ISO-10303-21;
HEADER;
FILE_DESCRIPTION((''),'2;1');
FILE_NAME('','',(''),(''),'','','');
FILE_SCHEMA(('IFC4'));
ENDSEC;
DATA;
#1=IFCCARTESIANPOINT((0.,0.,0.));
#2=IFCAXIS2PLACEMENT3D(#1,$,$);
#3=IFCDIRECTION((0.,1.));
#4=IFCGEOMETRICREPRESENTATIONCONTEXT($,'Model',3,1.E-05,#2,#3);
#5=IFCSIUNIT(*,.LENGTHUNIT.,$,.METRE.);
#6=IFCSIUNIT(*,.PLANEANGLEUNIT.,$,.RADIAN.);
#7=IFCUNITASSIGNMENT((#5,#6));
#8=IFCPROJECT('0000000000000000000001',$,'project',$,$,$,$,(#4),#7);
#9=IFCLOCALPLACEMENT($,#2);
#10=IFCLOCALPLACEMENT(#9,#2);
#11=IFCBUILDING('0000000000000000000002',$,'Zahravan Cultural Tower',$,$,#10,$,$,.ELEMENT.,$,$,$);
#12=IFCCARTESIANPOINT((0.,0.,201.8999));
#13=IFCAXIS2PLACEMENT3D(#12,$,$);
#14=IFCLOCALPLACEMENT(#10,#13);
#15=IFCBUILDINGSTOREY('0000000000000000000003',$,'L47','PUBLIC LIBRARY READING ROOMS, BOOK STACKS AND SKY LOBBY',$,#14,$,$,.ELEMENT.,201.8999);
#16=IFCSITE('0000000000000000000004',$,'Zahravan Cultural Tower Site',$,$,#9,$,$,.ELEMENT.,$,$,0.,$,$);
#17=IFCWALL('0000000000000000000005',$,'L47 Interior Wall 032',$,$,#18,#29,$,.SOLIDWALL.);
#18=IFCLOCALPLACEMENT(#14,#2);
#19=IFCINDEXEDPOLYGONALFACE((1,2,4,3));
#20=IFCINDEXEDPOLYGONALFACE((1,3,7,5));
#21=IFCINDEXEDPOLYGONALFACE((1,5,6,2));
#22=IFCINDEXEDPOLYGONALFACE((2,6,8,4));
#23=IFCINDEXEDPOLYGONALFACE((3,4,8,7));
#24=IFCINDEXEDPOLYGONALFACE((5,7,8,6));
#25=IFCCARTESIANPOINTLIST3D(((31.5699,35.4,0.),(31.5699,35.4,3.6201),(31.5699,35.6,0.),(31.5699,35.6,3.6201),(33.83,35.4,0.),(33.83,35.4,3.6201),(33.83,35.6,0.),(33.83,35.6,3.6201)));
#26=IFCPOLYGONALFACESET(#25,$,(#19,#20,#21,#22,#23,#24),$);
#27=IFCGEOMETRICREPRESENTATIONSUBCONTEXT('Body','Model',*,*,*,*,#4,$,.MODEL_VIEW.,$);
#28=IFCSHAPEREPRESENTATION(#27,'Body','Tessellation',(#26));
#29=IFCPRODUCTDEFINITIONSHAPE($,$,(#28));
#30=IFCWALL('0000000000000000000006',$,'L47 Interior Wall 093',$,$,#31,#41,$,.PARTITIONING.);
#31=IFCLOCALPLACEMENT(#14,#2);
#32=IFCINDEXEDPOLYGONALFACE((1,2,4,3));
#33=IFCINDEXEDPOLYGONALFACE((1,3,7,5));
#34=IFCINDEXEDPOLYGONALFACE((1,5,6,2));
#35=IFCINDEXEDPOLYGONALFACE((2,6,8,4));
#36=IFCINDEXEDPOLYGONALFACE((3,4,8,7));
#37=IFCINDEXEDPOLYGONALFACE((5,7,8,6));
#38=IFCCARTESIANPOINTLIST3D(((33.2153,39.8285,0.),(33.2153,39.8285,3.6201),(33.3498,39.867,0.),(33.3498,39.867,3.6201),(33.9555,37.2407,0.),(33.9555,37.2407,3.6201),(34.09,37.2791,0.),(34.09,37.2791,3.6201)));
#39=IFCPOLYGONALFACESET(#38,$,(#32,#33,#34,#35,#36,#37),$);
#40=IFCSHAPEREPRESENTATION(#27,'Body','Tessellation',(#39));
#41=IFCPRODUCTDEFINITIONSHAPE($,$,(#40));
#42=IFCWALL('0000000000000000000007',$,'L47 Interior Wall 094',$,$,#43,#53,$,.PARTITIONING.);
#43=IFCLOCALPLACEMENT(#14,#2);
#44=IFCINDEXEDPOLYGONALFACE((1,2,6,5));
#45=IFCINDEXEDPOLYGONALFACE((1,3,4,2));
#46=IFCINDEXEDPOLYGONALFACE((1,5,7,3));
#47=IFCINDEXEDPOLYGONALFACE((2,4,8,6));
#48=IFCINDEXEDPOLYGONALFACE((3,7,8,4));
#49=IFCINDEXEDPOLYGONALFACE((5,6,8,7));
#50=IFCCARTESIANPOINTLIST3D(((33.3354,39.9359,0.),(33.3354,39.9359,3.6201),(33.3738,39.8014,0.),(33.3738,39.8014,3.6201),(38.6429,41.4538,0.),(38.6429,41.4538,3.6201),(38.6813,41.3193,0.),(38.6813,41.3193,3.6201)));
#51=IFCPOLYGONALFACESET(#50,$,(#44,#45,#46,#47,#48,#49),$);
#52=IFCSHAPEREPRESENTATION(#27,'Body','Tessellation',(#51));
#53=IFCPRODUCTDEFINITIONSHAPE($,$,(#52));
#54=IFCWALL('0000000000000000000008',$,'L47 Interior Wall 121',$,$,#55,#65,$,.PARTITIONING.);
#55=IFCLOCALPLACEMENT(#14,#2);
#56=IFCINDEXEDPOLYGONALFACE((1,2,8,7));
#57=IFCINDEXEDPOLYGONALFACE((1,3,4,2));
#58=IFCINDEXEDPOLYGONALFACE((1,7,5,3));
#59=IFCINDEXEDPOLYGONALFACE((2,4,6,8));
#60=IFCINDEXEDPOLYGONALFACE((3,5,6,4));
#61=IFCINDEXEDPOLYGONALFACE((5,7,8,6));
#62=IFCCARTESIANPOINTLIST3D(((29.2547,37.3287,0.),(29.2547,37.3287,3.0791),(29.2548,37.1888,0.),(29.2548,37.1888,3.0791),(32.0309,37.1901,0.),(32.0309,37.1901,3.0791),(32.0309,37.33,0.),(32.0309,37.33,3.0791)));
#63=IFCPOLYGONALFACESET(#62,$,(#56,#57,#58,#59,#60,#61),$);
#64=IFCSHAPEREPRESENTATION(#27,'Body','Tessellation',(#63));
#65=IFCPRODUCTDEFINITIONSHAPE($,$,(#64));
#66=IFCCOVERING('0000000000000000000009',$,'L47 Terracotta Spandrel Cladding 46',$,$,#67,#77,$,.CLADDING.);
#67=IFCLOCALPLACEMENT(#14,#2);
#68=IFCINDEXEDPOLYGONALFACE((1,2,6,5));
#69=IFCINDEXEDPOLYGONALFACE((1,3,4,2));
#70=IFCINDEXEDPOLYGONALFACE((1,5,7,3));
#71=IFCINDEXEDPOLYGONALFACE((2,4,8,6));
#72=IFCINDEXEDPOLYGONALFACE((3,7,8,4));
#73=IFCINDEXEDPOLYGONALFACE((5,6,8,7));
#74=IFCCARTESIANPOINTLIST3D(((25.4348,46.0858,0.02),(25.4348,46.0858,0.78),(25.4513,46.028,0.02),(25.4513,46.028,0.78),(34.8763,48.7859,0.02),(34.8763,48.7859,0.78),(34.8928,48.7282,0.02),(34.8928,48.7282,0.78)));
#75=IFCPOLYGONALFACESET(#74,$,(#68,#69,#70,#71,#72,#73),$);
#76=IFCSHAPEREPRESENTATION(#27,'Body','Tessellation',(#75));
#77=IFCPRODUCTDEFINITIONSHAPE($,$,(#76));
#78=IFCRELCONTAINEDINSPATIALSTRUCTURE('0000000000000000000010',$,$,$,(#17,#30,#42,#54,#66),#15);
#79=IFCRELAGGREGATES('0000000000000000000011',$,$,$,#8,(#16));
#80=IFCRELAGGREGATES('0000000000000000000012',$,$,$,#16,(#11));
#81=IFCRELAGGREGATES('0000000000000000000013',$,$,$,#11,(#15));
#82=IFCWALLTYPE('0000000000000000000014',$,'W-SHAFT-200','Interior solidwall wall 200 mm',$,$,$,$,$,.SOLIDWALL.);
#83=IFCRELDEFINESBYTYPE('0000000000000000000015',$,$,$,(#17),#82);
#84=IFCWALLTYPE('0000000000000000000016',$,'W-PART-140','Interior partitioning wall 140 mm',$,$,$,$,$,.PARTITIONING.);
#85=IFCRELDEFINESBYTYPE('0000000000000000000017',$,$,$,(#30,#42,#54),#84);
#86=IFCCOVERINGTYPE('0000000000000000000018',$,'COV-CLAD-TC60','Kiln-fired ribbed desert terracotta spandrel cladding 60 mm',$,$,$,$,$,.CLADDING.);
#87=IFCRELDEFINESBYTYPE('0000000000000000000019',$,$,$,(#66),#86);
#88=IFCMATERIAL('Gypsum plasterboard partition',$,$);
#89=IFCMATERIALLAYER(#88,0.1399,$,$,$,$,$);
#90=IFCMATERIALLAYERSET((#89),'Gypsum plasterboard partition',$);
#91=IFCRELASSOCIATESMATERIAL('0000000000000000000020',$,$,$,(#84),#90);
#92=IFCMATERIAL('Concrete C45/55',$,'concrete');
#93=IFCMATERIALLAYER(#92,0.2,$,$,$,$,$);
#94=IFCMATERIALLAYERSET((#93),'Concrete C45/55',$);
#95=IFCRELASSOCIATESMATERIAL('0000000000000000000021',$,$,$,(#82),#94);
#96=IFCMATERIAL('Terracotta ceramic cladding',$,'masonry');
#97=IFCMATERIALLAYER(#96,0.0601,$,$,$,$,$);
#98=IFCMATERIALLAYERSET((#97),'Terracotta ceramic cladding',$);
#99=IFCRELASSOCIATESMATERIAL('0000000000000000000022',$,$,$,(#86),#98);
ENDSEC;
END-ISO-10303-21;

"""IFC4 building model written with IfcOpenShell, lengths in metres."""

from ifc_helpers import new_model, si_unit, direction, frame, frame_2d, origin, origin_2d, place, context, subcontext, project, spatial, rectangle, extrude, source, transform, mapped, material, layer, layer_set, type_object, element, save


model = new_model("IFC4")

# Units and contexts
model_context = context("Model", 3, precision=1e-05, world=origin(), true_north=direction((0.0, 1.0)))
body_context = subcontext(model_context, "Body", "Model", "MODEL_VIEW")
ifc_project = project(units=[si_unit("LENGTHUNIT", "METRE"), si_unit("PLANEANGLEUNIT", "RADIAN")], contexts=[model_context])

# Site, building, storey
site_placement = place(None, origin())
site = spatial("IfcSite", under=ifc_project, at=site_placement, Name="Zahravan Cultural Tower Site", CompositionType="ELEMENT", RefElevation=0.0)
building_placement = place(site_placement, origin())
building = spatial("IfcBuilding", under=site, at=building_placement, Name="Zahravan Cultural Tower", CompositionType="ELEMENT")
storey_placement = place(building_placement, frame((0.0, 0.0, 201.8999)))
storey = spatial("IfcBuildingStorey", under=building, at=storey_placement, Name="L47", Description="PUBLIC LIBRARY READING ROOMS, BOOK STACKS AND SKY LOBBY", CompositionType="ELEMENT", Elevation=201.8999)

# Shared definitions
ifc_material_1 = material(Name="Gypsum plasterboard partition")
ifc_layer_1 = layer(ifc_material_1, 0.1399)
ifc_layer_set_1 = layer_set([ifc_layer_1], Name="Gypsum plasterboard partition")
wall_type_1 = type_object("IfcWallType", Name="W-PART-140", Description="Interior partitioning wall 140 mm", PredefinedType="PARTITIONING", material=ifc_layer_set_1)

# Walls
ifc_material_2 = material(Name="Concrete C45/55", Category="concrete")
ifc_layer_2 = layer(ifc_material_2, 0.2)
ifc_layer_set_2 = layer_set([ifc_layer_2], Name="Concrete C45/55")
wall_type_2 = type_object("IfcWallType", Name="W-SHAFT-200", Description="Interior solidwall wall 200 mm", PredefinedType="SOLIDWALL", material=ifc_layer_set_2)
shared_shape_1 = source(origin(), body_context, "Body", "SweptSolid", [
    extrude(rectangle(XDim=2.26, YDim=0.2, at=frame_2d((1.1299, 0.0))), origin(), (0.0, 0.0, 1.0), 3.6201),
])
wall_1_placement = place(storey_placement, frame((31.5701, 35.5, 0.0), z_axis=(0.0, 0.0, 1.0), x_axis=(1.0, 0.0, 0.0)))
element("IfcWall", 1, at=wall_1_placement, inside=storey, type_object=wall_type_2, Name="L47 Interior Wall 032", PredefinedType="SOLIDWALL", context=body_context, shape_type="MappedRepresentation", body=[
    mapped(shared_shape_1, transform((0.0, 0.0, 0.0), x_axis=(1.0, 0.0, 0.0), y_axis=(0.0, 1.0, 0.0), z_axis=(0.0, 0.0, 1.0), scale=1.0)),
])
shared_shape_2 = source(origin(), body_context, "Body", "SweptSolid", [
    extrude(rectangle(XDim=2.6917, YDim=0.1399, at=frame_2d((1.3457, 0.0))), origin(), (0.0, 0.0, 1.0), 3.6201),
])
wall_2_placement = place(storey_placement, frame((34.0227, 37.26, 0.0), z_axis=(0.0, 0.0, 1.0), x_axis=(-0.275009, 0.961442, 0.0)))
element("IfcWall", 2, at=wall_2_placement, inside=storey, type_object=wall_type_1, Name="L47 Interior Wall 093", PredefinedType="PARTITIONING", context=body_context, shape_type="MappedRepresentation", body=[
    mapped(shared_shape_2, transform((0.0, 0.0, 0.0), x_axis=(1.0, 0.0, 0.0), y_axis=(0.0, 1.0, 0.0), z_axis=(0.0, 0.0, 1.0), scale=1.0)),
])
shared_shape_3 = source(origin(), body_context, "Body", "SweptSolid", [
    extrude(rectangle(XDim=5.5203, YDim=0.1399, at=frame_2d((2.7603, 0.0))), origin(), (0.0, 0.0, 1.0), 3.6201),
])
wall_3_placement = place(storey_placement, frame((33.3545, 39.8687, 0.0), z_axis=(0.0, 0.0, 1.0), x_axis=(0.961455, 0.274961, 0.0)))
element("IfcWall", 3, at=wall_3_placement, inside=storey, type_object=wall_type_1, Name="L47 Interior Wall 094", PredefinedType="PARTITIONING", context=body_context, shape_type="MappedRepresentation", body=[
    mapped(shared_shape_3, transform((0.0, 0.0, 0.0), x_axis=(1.0, 0.0, 0.0), y_axis=(0.0, 1.0, 0.0), z_axis=(0.0, 0.0, 1.0), scale=1.0)),
])
shared_shape_4 = source(origin(), body_context, "Body", "SweptSolid", [
    extrude(rectangle(XDim=2.7761, YDim=0.1399, at=frame_2d((1.3882, 0.0))), origin(), (0.0, 0.0, 1.0), 3.0791),
])
wall_4_placement = place(storey_placement, frame((32.031, 37.26, 0.0), z_axis=(0.0, 0.0, 1.0), x_axis=(-1.0, -0.00044, 0.0)))
element("IfcWall", 4, at=wall_4_placement, inside=storey, type_object=wall_type_1, Name="L47 Interior Wall 121", PredefinedType="PARTITIONING", context=body_context, shape_type="MappedRepresentation", body=[
    mapped(shared_shape_4, transform((0.0, 0.0, 0.0), x_axis=(1.0, 0.0, 0.0), y_axis=(0.0, 1.0, 0.0), z_axis=(0.0, 0.0, 1.0), scale=1.0)),
])

# Covering
ifc_material_3 = material(Name="Terracotta ceramic cladding", Category="masonry")
ifc_layer_3 = layer(ifc_material_3, 0.0601)
ifc_layer_set_3 = layer_set([ifc_layer_3], Name="Terracotta ceramic cladding")
covering_type = type_object("IfcCoveringType", Name="COV-CLAD-TC60", Description="Kiln-fired ribbed desert terracotta spandrel cladding 60 mm", PredefinedType="CLADDING", material=ifc_layer_set_3)
shared_shape_5 = source(origin(), body_context, "Body", "SweptSolid", [
    extrude(rectangle(XDim=9.8201, YDim=0.0601, at=origin_2d()), origin(), (0.0, 0.0, 1.0), 0.76),
])
covering_placement = place(storey_placement, frame((30.1638, 47.407, 0.02), z_axis=(0.0, 0.0, 1.0), x_axis=(0.961454, 0.274966, 0.0)))
element("IfcCovering", 5, at=covering_placement, inside=storey, type_object=covering_type, Name="L47 Terracotta Spandrel Cladding 46", PredefinedType="CLADDING", context=body_context, shape_type="MappedRepresentation", body=[
    mapped(shared_shape_5, transform((0.0, 0.0, 0.0), x_axis=(1.0, 0.0, 0.0), y_axis=(0.0, 1.0, 0.0), z_axis=(0.0, 0.0, 1.0), scale=1.0)),
])

save(model, "model.ifc")
